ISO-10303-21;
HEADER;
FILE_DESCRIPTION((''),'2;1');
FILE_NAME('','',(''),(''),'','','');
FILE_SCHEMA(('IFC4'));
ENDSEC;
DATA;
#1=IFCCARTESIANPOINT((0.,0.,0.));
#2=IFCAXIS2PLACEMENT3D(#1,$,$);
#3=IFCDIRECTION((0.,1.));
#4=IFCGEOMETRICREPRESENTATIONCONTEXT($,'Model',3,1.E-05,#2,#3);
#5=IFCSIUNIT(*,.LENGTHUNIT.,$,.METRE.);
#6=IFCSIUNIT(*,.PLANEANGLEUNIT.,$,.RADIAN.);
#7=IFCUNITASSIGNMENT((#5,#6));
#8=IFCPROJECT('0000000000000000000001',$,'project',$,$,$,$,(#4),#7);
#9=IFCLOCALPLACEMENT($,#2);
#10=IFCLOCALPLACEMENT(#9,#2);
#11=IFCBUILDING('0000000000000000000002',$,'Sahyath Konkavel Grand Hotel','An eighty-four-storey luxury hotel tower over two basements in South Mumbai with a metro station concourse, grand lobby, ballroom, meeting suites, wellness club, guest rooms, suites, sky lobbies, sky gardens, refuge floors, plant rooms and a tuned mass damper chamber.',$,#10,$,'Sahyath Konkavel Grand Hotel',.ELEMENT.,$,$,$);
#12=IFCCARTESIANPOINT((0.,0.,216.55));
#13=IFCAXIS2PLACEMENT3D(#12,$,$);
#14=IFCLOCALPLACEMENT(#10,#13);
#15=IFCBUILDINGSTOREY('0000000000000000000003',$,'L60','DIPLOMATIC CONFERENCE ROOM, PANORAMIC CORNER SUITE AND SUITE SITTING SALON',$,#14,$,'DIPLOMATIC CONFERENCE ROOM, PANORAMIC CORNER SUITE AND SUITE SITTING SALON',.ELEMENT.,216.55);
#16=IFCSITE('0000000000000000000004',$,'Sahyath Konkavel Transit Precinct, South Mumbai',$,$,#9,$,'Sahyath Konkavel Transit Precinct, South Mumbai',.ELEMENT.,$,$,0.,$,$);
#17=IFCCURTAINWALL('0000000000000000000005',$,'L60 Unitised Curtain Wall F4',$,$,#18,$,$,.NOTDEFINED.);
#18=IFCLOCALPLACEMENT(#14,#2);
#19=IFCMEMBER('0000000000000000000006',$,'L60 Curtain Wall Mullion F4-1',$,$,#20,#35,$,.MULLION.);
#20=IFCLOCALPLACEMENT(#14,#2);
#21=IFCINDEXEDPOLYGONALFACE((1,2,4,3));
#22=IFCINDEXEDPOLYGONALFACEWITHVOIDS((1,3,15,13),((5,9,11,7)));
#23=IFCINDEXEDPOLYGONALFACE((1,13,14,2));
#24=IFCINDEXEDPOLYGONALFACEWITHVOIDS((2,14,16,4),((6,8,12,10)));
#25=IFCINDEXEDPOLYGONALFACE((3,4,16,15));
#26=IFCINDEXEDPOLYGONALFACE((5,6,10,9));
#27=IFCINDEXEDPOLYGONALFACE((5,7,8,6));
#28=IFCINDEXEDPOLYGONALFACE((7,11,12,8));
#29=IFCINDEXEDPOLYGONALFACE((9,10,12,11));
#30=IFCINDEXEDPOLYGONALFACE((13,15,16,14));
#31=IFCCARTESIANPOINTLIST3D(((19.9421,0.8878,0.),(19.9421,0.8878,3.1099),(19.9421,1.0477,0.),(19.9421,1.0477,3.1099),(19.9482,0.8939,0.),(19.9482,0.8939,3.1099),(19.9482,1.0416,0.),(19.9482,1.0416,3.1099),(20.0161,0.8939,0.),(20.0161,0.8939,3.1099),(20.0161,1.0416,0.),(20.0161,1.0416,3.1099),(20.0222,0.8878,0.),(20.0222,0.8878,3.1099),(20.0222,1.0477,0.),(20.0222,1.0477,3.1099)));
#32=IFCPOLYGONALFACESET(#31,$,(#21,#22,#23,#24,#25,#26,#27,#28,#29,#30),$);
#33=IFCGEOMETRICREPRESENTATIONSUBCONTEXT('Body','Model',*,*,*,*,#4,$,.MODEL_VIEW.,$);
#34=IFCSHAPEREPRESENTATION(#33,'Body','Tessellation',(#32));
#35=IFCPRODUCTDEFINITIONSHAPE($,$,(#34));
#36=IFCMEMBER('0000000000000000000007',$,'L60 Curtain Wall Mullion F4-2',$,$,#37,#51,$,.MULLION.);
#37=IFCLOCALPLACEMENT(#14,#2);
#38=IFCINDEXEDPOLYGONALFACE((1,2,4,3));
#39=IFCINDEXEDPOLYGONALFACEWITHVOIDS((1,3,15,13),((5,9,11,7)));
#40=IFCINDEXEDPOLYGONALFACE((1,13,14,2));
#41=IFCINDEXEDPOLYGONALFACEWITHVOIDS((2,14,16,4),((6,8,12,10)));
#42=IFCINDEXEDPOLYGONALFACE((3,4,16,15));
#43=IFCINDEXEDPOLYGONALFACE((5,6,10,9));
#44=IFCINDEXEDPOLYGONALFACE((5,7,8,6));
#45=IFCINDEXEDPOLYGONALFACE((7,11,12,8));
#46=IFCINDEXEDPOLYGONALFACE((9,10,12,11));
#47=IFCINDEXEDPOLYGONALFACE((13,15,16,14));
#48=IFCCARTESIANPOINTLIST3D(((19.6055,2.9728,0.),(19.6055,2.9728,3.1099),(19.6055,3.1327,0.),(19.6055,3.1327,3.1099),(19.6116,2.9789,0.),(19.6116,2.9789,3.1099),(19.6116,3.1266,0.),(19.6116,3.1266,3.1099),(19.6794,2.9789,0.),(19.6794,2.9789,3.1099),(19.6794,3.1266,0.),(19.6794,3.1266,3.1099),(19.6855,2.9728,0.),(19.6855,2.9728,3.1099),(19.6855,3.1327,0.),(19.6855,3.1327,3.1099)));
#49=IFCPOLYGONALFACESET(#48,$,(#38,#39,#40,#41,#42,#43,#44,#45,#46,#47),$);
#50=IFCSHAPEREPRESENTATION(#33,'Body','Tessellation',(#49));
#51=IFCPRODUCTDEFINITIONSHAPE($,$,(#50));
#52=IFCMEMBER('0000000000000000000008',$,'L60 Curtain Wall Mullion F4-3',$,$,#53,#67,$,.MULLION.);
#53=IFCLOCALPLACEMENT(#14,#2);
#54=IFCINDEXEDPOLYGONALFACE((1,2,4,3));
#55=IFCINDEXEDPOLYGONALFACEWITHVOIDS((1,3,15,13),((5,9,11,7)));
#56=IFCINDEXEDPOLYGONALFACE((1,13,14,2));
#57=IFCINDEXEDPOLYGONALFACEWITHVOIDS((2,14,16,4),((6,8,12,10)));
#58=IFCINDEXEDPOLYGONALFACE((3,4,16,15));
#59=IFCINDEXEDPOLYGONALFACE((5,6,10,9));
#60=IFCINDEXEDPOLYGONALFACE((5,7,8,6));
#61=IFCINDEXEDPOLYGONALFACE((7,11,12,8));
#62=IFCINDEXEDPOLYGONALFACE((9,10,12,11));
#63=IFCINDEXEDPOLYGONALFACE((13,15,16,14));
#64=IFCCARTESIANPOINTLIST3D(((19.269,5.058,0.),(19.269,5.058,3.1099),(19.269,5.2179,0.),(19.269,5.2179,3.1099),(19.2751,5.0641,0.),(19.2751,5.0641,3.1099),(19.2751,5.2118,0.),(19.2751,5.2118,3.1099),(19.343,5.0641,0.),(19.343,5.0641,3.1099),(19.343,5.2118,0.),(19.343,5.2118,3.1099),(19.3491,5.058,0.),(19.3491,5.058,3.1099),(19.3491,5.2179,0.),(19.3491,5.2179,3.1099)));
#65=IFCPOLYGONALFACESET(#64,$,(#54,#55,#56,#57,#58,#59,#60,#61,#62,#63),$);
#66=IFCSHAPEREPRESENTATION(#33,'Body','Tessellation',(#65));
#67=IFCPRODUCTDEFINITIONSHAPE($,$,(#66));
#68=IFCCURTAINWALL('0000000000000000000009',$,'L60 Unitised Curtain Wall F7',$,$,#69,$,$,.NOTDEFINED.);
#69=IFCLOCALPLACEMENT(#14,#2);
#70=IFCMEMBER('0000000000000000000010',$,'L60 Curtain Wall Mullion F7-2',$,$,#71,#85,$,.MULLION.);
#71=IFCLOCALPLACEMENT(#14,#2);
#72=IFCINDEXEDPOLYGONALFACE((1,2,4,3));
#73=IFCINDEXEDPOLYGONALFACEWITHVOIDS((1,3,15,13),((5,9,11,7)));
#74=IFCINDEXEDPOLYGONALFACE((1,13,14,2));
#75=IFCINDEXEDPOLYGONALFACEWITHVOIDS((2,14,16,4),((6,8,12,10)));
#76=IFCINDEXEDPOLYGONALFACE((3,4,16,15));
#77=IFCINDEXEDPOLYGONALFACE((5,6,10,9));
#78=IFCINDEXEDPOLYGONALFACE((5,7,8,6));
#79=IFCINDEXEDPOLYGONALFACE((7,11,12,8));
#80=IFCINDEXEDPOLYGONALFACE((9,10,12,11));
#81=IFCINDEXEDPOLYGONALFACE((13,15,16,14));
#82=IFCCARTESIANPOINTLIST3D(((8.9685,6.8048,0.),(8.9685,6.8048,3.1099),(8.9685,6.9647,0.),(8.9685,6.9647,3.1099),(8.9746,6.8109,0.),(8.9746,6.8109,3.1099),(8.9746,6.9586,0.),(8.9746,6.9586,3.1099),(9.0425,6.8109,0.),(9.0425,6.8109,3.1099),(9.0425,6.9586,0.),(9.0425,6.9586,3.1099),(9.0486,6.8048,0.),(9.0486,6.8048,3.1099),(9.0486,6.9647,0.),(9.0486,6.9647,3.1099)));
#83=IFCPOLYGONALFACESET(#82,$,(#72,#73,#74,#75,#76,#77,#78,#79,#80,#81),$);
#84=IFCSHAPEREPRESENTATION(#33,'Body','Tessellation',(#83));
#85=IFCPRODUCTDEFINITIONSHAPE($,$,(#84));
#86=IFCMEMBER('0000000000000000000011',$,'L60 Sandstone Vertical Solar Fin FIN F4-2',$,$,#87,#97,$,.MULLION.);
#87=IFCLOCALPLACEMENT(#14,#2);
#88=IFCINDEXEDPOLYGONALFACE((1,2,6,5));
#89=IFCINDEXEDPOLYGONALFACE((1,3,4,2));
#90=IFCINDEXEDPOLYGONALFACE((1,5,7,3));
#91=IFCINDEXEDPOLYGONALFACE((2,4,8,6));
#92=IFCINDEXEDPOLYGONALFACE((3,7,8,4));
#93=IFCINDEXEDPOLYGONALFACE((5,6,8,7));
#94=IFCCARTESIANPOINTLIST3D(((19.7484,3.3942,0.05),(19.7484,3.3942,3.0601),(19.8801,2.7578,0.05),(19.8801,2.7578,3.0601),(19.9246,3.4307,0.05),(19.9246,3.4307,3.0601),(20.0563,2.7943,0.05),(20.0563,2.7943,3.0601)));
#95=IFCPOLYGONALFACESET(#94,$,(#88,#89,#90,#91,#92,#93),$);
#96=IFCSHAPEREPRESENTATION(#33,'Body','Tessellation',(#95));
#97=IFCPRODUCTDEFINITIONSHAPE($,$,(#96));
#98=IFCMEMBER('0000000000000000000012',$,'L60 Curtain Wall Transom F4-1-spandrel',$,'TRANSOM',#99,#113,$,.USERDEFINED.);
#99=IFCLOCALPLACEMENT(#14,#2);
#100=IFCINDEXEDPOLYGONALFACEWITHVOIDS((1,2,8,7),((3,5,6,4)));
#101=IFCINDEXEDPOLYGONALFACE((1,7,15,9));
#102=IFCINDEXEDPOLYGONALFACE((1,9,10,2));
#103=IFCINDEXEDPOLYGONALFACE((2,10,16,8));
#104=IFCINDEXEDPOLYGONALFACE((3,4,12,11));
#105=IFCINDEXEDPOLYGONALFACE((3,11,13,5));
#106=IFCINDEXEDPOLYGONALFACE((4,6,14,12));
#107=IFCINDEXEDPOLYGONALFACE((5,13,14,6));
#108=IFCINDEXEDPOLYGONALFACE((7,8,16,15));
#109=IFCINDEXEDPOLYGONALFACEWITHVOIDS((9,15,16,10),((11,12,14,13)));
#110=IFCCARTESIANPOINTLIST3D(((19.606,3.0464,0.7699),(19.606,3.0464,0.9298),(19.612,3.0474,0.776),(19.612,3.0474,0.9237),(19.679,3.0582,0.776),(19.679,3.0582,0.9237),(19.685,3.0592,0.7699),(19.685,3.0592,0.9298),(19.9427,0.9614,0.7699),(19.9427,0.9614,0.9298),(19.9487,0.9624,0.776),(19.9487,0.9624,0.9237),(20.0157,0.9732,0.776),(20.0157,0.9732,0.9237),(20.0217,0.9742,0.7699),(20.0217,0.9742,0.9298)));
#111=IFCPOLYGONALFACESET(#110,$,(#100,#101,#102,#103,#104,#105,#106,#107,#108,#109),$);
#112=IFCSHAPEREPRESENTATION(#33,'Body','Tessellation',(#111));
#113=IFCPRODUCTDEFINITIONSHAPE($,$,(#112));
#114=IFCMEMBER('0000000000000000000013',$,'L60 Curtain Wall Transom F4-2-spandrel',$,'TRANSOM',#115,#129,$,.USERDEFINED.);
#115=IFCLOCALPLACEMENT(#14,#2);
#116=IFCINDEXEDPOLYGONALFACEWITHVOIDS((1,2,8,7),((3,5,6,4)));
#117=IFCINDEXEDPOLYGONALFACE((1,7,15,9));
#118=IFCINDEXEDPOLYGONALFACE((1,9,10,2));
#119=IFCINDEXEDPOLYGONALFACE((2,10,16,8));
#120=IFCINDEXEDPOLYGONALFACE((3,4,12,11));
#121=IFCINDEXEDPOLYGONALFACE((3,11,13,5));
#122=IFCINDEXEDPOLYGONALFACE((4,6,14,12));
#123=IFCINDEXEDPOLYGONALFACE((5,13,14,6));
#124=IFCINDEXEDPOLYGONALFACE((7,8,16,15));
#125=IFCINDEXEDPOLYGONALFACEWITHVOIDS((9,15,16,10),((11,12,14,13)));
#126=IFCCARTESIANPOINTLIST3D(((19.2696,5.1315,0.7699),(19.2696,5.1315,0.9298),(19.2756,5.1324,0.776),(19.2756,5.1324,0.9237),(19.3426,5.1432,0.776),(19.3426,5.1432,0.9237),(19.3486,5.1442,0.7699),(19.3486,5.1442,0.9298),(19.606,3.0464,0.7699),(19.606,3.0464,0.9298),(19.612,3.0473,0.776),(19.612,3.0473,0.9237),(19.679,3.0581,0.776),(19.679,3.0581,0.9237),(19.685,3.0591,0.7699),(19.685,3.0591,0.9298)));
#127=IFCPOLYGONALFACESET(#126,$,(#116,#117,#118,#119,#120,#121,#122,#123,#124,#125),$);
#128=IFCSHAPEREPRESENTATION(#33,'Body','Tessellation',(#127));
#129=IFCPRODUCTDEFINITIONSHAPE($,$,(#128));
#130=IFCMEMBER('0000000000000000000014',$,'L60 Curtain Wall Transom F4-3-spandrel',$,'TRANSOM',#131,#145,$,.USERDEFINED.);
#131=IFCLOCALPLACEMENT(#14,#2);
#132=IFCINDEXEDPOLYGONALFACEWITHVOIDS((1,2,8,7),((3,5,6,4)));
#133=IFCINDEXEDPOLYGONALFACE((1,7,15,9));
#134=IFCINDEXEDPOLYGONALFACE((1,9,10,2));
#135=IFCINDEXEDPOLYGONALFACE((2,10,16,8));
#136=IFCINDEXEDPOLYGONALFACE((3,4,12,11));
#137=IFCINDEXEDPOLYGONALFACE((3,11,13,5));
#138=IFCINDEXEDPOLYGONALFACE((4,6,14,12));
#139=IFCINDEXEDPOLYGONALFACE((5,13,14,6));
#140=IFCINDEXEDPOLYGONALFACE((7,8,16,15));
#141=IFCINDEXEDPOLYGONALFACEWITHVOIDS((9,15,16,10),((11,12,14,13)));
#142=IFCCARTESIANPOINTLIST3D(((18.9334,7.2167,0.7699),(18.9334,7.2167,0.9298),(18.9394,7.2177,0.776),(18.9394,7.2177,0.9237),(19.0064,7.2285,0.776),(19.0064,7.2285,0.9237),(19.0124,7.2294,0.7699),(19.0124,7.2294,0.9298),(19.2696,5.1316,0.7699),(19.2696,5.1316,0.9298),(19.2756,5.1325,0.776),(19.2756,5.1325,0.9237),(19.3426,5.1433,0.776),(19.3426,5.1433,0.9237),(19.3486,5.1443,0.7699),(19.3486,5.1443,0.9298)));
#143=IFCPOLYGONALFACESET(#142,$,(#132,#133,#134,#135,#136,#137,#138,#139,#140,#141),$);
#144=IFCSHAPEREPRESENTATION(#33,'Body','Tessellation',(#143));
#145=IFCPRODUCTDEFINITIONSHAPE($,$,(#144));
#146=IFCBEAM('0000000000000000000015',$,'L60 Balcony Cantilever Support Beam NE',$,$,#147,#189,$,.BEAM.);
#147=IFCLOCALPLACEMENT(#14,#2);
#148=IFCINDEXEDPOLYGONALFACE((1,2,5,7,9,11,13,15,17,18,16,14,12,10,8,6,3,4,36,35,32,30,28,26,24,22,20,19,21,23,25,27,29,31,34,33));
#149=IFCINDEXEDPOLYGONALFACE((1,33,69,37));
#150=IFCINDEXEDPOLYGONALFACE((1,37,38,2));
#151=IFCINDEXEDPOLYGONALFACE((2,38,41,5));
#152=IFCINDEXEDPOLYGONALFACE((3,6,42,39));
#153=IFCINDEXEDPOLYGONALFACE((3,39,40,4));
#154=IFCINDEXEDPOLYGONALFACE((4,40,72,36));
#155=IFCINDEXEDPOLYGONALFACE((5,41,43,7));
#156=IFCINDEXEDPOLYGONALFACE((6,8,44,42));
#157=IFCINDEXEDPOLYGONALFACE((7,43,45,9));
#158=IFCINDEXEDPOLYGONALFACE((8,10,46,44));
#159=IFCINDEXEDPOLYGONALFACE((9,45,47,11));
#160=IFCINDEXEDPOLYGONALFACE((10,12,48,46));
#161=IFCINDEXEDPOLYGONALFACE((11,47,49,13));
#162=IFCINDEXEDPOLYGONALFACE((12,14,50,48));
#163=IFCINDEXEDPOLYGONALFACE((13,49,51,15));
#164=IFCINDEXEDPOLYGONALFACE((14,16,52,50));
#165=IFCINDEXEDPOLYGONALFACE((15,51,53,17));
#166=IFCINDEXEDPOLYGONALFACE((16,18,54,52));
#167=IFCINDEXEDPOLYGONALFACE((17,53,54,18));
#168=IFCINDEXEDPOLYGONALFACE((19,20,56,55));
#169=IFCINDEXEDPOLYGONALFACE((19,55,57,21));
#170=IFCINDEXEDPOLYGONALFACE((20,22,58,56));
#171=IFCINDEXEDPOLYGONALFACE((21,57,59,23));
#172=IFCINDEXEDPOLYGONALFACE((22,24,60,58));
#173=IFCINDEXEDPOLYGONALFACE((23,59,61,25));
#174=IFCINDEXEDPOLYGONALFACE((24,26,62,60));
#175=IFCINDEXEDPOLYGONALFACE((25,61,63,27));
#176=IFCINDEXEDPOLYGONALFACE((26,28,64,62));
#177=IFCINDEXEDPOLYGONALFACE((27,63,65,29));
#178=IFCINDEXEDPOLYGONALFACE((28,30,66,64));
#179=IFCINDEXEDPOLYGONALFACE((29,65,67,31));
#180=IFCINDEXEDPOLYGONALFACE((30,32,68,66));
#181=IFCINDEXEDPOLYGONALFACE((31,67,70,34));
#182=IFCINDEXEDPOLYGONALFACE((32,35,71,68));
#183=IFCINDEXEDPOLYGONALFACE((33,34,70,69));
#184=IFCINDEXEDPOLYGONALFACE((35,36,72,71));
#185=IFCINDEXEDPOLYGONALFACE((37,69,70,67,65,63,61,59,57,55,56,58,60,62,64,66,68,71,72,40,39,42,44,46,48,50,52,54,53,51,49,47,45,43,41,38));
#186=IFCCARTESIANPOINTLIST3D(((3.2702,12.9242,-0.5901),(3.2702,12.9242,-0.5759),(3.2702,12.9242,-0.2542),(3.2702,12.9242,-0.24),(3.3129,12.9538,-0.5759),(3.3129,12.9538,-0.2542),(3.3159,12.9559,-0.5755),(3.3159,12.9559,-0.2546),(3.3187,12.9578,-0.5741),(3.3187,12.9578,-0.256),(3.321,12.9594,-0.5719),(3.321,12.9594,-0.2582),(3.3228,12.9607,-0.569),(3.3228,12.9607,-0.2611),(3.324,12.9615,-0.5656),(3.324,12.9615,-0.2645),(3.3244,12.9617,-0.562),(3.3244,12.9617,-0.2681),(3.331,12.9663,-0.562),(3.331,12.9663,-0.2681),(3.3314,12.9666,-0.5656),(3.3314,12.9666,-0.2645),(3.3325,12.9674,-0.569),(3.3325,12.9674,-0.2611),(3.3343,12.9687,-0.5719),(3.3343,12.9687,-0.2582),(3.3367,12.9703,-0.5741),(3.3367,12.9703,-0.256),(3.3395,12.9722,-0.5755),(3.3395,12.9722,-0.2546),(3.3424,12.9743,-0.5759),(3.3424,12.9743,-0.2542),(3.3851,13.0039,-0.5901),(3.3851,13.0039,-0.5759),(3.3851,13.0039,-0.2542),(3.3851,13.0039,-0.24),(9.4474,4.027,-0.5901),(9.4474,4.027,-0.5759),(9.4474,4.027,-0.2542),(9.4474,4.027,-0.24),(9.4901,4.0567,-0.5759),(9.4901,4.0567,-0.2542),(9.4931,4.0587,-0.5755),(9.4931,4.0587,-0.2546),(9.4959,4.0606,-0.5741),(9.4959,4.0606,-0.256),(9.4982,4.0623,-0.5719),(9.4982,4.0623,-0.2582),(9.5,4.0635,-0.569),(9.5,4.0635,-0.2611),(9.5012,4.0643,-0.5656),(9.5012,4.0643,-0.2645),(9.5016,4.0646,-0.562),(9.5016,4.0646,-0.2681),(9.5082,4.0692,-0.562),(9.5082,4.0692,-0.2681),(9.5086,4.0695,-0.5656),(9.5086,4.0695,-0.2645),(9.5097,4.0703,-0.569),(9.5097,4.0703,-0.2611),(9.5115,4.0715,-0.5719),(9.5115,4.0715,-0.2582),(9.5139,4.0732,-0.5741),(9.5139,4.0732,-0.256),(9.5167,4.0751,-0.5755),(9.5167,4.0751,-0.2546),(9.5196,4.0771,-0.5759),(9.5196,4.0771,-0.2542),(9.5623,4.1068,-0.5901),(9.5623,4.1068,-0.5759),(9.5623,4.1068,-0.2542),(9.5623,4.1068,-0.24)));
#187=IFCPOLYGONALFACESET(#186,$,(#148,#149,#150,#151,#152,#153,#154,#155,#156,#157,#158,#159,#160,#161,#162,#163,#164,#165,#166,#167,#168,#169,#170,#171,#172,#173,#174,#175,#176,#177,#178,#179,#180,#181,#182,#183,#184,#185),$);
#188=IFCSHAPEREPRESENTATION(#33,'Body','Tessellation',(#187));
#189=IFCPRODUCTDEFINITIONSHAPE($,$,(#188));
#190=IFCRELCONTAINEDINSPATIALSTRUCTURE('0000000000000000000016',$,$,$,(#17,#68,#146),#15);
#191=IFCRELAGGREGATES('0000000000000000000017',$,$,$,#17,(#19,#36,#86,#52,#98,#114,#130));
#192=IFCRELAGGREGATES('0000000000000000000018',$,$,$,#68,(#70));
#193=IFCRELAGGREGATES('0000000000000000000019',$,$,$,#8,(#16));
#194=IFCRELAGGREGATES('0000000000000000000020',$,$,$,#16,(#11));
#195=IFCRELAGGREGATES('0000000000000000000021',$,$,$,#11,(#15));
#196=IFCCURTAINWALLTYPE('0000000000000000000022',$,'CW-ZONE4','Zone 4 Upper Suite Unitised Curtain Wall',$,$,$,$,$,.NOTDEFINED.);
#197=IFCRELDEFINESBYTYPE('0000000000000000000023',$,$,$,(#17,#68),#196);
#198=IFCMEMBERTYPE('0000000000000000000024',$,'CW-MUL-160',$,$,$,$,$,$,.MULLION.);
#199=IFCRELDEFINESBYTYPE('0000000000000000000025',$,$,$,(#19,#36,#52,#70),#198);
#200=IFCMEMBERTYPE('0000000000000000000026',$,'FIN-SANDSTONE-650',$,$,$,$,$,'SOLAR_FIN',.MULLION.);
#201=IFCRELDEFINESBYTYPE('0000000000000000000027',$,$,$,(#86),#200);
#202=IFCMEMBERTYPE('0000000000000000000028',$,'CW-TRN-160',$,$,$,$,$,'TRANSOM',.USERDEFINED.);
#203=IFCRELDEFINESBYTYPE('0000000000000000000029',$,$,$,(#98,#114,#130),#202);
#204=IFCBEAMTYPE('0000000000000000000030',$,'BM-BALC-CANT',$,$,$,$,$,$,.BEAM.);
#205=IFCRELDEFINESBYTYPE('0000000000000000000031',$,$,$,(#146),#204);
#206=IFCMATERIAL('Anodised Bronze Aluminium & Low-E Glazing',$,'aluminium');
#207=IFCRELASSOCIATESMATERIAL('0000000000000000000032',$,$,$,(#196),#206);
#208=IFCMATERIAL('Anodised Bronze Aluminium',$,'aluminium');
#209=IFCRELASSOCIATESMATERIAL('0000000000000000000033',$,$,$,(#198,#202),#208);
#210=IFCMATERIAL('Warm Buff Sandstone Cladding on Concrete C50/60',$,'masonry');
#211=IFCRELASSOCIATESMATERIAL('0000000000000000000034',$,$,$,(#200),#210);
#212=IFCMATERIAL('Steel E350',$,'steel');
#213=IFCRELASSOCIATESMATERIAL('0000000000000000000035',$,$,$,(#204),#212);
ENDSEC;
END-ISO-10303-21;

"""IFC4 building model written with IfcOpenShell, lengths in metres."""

from ifc_helpers import new_model, si_unit, direction, frame, origin, origin_2d, place, context, subcontext, project, spatial, rectangle, hollow_rectangle, i_section, extrude, source, transform, mapped, material, material_profile, profile_set, type_object, element, aggregate, save


model = new_model("IFC4")

# Units and contexts
model_context = context("Model", 3, precision=1e-05, world=origin(), true_north=direction((0.0, 1.0)))
body_context = subcontext(model_context, "Body", "Model", "MODEL_VIEW")
ifc_project = project(units=[si_unit("LENGTHUNIT", "METRE"), si_unit("PLANEANGLEUNIT", "RADIAN")], contexts=[model_context])

# Site, building, storey
site_placement = place(None, origin())
site = spatial("IfcSite", under=ifc_project, at=site_placement, Name="Sahyath Konkavel Transit Precinct, South Mumbai", LongName="Sahyath Konkavel Transit Precinct, South Mumbai", CompositionType="ELEMENT", RefElevation=0.0)
building_placement = place(site_placement, origin())
building = spatial("IfcBuilding", under=site, at=building_placement, Name="Sahyath Konkavel Grand Hotel", Description="An eighty-four-storey luxury hotel tower over two basements in South Mumbai with a metro station concourse, grand lobby, ballroom, meeting suites, wellness club, guest rooms, suites, sky lobbies, sky gardens, refuge floors, plant rooms and a tuned mass damper chamber.", LongName="Sahyath Konkavel Grand Hotel", CompositionType="ELEMENT")
storey_placement = place(building_placement, frame((0.0, 0.0, 216.55)))
storey = spatial("IfcBuildingStorey", under=building, at=storey_placement, Name="L60", Description="DIPLOMATIC CONFERENCE ROOM, PANORAMIC CORNER SUITE AND SUITE SITTING SALON", LongName="DIPLOMATIC CONFERENCE ROOM, PANORAMIC CORNER SUITE AND SUITE SITTING SALON", CompositionType="ELEMENT", Elevation=216.55)

# Curtain wall, members
ifc_material_1 = material(Name="Anodised Bronze Aluminium & Low-E Glazing", Category="aluminium")
curtain_wall_type = type_object("IfcCurtainWallType", Name="CW-ZONE4", Description="Zone 4 Upper Suite Unitised Curtain Wall", PredefinedType="NOTDEFINED", material=ifc_material_1)
curtain_wall_1_placement = place(storey_placement, origin())
curtain_wall_1 = element("IfcCurtainWall", 1, at=curtain_wall_1_placement, inside=storey, type_object=curtain_wall_type, Name="L60 Unitised Curtain Wall F4", PredefinedType="NOTDEFINED")
ifc_material_2 = material(Name="Anodised Bronze Aluminium", Category="aluminium")
ifc_material_profile_1 = material_profile(ifc_material_2, hollow_rectangle(XDim=0.0801, YDim=0.1599, WallThickness=0.0061, at=origin_2d()), Name="RHS 160x80x6")
ifc_profile_set_1 = profile_set([ifc_material_profile_1], Name="Anodised Bronze Aluminium")
member_type_1 = type_object("IfcMemberType", Name="CW-MUL-160", PredefinedType="MULLION", material=ifc_profile_set_1)
shared_shape_1 = source(origin(), body_context, "Body", "SweptSolid", [
    extrude(hollow_rectangle(XDim=0.0801, YDim=0.1599, WallThickness=0.0061, at=origin_2d()), origin(), (0.0, 0.0, 1.0), 3.1099),
])
member_1_placement = place(storey_placement, frame((19.9822, 0.9678, 0.0), z_axis=(0.0, 0.0, 1.0), x_axis=(1.0, 0.0, 0.0)))
member_1 = element("IfcMember", 2, at=member_1_placement, type_object=member_type_1, Name="L60 Curtain Wall Mullion F4-1", PredefinedType="MULLION", context=body_context, shape_type="MappedRepresentation", body=[
    mapped(shared_shape_1, transform((0.0, 0.0, 0.0), scale=1.0)),
])
member_2_placement = place(storey_placement, frame((19.6455, 3.0527, 0.0), z_axis=(0.0, 0.0, 1.0), x_axis=(1.0, 0.0, 0.0)))
member_2 = element("IfcMember", 3, at=member_2_placement, type_object=member_type_1, Name="L60 Curtain Wall Mullion F4-2", PredefinedType="MULLION", context=body_context, shape_type="MappedRepresentation", body=[
    mapped(shared_shape_1, transform((0.0, 0.0, 0.0), scale=1.0)),
])
member_3_placement = place(storey_placement, frame((19.3091, 5.1379, 0.0), z_axis=(0.0, 0.0, 1.0), x_axis=(1.0, 0.0, 0.0)))
member_3 = element("IfcMember", 4, at=member_3_placement, type_object=member_type_1, Name="L60 Curtain Wall Mullion F4-3", PredefinedType="MULLION", context=body_context, shape_type="MappedRepresentation", body=[
    mapped(shared_shape_1, transform((0.0, 0.0, 0.0), scale=1.0)),
])

# Curtain wall, member
curtain_wall_2_placement = place(storey_placement, origin())
curtain_wall_2 = element("IfcCurtainWall", 5, at=curtain_wall_2_placement, inside=storey, type_object=curtain_wall_type, Name="L60 Unitised Curtain Wall F7", PredefinedType="NOTDEFINED")
member_4_placement = place(storey_placement, frame((9.0085, 6.8848, 0.0), z_axis=(0.0, 0.0, 1.0), x_axis=(1.0, 0.0, 0.0)))
member_4 = element("IfcMember", 6, at=member_4_placement, type_object=member_type_1, Name="L60 Curtain Wall Mullion F7-2", PredefinedType="MULLION", context=body_context, shape_type="MappedRepresentation", body=[
    mapped(shared_shape_1, transform((0.0, 0.0, 0.0), scale=1.0)),
])

# Members
ifc_material_3 = material(Name="Warm Buff Sandstone Cladding on Concrete C50/60", Category="masonry")
ifc_material_profile_2 = material_profile(ifc_material_3, rectangle(XDim=0.1799, YDim=0.6499, at=origin_2d()), Name="FIN 180x650")
ifc_profile_set_2 = profile_set([ifc_material_profile_2], Name="Warm Buff Sandstone Cladding on Concrete C50/60")
member_type_2 = type_object("IfcMemberType", Name="FIN-SANDSTONE-650", ElementType="SOLAR_FIN", PredefinedType="MULLION", material=ifc_profile_set_2)
shared_shape_2 = source(origin(), body_context, "Body", "SweptSolid", [
    extrude(rectangle(XDim=0.1799, YDim=0.6499, at=origin_2d()), origin(), (0.0, 0.0, 1.0), 3.01),
])
member_5_placement = place(storey_placement, frame((19.9023, 3.0942, 0.05), z_axis=(0.0, 0.0, 1.0), x_axis=(0.979258, 0.202616, 0.0)))
member_5 = element("IfcMember", 7, at=member_5_placement, type_object=member_type_2, Name="L60 Sandstone Vertical Solar Fin FIN F4-2", PredefinedType="MULLION", context=body_context, shape_type="MappedRepresentation", body=[
    mapped(shared_shape_2, transform((0.0, 0.0, 0.0), scale=1.0)),
])
ifc_material_profile_3 = material_profile(ifc_material_2, hollow_rectangle(XDim=0.0801, YDim=0.1599, WallThickness=0.0061, at=origin_2d()), Name="RHS 160x80x6")
ifc_profile_set_3 = profile_set([ifc_material_profile_3], Name="Anodised Bronze Aluminium")
member_type_3 = type_object("IfcMemberType", Name="CW-TRN-160", ElementType="TRANSOM", PredefinedType="USERDEFINED", material=ifc_profile_set_3)
shared_shape_3 = source(origin(), body_context, "Body", "SweptSolid", [
    extrude(hollow_rectangle(XDim=0.0801, YDim=0.1599, WallThickness=0.0061, at=origin_2d()), origin(), (0.0, 0.0, 1.0), 2.1121),
])
member_6_placement = place(storey_placement, frame((19.9822, 0.9678, 0.8499), z_axis=(-0.159411, 0.987212, 0.0), x_axis=(-0.987212, -0.159411, 0.0)))
member_6 = element("IfcMember", 8, at=member_6_placement, type_object=member_type_3, Name="L60 Curtain Wall Transom F4-1-spandrel", ObjectType="TRANSOM", PredefinedType="USERDEFINED", context=body_context, shape_type="MappedRepresentation", body=[
    mapped(shared_shape_3, transform((0.0, 0.0, 0.0), scale=1.0)),
])
member_7_placement = place(storey_placement, frame((19.6455, 3.0527, 0.8499), z_axis=(-0.15928, 0.987233, 0.0), x_axis=(-0.987233, -0.15928, 0.0)))
member_7 = element("IfcMember", 9, at=member_7_placement, type_object=member_type_3, Name="L60 Curtain Wall Transom F4-2-spandrel", ObjectType="TRANSOM", PredefinedType="USERDEFINED", context=body_context, shape_type="MappedRepresentation", body=[
    mapped(shared_shape_3, transform((0.0, 0.0, 0.0), scale=1.0)),
])
member_8_placement = place(storey_placement, frame((19.3091, 5.1379, 0.8499), z_axis=(-0.159167, 0.987252, 0.0), x_axis=(-0.987252, -0.159167, 0.0)))
member_8 = element("IfcMember", 10, at=member_8_placement, type_object=member_type_3, Name="L60 Curtain Wall Transom F4-3-spandrel", ObjectType="TRANSOM", PredefinedType="USERDEFINED", context=body_context, shape_type="MappedRepresentation", body=[
    mapped(shared_shape_3, transform((0.0, 0.0, 0.0), scale=1.0)),
])

# Beam
ifc_material_4 = material(Name="Steel E350", Category="steel")
ifc_material_profile_4 = material_profile(ifc_material_4, i_section(OverallWidth=0.1399, OverallDepth=0.3501, WebThickness=0.0081, FlangeThickness=0.0142, FilletRadius=0.0139, at=origin_2d()), Name="ISMB 350")
ifc_profile_set_4 = profile_set([ifc_material_profile_4], Name="Steel E350")
beam_type = type_object("IfcBeamType", Name="BM-BALC-CANT", PredefinedType="BEAM", material=ifc_profile_set_4)
shared_shape_4 = source(origin(), body_context, "Body", "SweptSolid", [
    extrude(i_section(OverallWidth=0.1399, OverallDepth=0.3501, WebThickness=0.0081, FlangeThickness=0.0142, FilletRadius=0.0139, at=origin_2d()), origin(), (0.0, 0.0, 1.0), 10.8313),
])
beam_placement = place(storey_placement, frame((9.5049, 4.0669, -0.415), z_axis=(-0.57031, 0.82143, 0.0), x_axis=(-0.82143, -0.57031, 0.0)))
element("IfcBeam", 11, at=beam_placement, inside=storey, type_object=beam_type, Name="L60 Balcony Cantilever Support Beam NE", PredefinedType="BEAM", context=body_context, shape_type="MappedRepresentation", body=[
    mapped(shared_shape_4, transform((0.0, 0.0, 0.0), scale=1.0)),
])

aggregate(curtain_wall_1, [member_1, member_2, member_5, member_3, member_6, member_7, member_8])
aggregate(curtain_wall_2, [member_4])

save(model, "model.ifc")
